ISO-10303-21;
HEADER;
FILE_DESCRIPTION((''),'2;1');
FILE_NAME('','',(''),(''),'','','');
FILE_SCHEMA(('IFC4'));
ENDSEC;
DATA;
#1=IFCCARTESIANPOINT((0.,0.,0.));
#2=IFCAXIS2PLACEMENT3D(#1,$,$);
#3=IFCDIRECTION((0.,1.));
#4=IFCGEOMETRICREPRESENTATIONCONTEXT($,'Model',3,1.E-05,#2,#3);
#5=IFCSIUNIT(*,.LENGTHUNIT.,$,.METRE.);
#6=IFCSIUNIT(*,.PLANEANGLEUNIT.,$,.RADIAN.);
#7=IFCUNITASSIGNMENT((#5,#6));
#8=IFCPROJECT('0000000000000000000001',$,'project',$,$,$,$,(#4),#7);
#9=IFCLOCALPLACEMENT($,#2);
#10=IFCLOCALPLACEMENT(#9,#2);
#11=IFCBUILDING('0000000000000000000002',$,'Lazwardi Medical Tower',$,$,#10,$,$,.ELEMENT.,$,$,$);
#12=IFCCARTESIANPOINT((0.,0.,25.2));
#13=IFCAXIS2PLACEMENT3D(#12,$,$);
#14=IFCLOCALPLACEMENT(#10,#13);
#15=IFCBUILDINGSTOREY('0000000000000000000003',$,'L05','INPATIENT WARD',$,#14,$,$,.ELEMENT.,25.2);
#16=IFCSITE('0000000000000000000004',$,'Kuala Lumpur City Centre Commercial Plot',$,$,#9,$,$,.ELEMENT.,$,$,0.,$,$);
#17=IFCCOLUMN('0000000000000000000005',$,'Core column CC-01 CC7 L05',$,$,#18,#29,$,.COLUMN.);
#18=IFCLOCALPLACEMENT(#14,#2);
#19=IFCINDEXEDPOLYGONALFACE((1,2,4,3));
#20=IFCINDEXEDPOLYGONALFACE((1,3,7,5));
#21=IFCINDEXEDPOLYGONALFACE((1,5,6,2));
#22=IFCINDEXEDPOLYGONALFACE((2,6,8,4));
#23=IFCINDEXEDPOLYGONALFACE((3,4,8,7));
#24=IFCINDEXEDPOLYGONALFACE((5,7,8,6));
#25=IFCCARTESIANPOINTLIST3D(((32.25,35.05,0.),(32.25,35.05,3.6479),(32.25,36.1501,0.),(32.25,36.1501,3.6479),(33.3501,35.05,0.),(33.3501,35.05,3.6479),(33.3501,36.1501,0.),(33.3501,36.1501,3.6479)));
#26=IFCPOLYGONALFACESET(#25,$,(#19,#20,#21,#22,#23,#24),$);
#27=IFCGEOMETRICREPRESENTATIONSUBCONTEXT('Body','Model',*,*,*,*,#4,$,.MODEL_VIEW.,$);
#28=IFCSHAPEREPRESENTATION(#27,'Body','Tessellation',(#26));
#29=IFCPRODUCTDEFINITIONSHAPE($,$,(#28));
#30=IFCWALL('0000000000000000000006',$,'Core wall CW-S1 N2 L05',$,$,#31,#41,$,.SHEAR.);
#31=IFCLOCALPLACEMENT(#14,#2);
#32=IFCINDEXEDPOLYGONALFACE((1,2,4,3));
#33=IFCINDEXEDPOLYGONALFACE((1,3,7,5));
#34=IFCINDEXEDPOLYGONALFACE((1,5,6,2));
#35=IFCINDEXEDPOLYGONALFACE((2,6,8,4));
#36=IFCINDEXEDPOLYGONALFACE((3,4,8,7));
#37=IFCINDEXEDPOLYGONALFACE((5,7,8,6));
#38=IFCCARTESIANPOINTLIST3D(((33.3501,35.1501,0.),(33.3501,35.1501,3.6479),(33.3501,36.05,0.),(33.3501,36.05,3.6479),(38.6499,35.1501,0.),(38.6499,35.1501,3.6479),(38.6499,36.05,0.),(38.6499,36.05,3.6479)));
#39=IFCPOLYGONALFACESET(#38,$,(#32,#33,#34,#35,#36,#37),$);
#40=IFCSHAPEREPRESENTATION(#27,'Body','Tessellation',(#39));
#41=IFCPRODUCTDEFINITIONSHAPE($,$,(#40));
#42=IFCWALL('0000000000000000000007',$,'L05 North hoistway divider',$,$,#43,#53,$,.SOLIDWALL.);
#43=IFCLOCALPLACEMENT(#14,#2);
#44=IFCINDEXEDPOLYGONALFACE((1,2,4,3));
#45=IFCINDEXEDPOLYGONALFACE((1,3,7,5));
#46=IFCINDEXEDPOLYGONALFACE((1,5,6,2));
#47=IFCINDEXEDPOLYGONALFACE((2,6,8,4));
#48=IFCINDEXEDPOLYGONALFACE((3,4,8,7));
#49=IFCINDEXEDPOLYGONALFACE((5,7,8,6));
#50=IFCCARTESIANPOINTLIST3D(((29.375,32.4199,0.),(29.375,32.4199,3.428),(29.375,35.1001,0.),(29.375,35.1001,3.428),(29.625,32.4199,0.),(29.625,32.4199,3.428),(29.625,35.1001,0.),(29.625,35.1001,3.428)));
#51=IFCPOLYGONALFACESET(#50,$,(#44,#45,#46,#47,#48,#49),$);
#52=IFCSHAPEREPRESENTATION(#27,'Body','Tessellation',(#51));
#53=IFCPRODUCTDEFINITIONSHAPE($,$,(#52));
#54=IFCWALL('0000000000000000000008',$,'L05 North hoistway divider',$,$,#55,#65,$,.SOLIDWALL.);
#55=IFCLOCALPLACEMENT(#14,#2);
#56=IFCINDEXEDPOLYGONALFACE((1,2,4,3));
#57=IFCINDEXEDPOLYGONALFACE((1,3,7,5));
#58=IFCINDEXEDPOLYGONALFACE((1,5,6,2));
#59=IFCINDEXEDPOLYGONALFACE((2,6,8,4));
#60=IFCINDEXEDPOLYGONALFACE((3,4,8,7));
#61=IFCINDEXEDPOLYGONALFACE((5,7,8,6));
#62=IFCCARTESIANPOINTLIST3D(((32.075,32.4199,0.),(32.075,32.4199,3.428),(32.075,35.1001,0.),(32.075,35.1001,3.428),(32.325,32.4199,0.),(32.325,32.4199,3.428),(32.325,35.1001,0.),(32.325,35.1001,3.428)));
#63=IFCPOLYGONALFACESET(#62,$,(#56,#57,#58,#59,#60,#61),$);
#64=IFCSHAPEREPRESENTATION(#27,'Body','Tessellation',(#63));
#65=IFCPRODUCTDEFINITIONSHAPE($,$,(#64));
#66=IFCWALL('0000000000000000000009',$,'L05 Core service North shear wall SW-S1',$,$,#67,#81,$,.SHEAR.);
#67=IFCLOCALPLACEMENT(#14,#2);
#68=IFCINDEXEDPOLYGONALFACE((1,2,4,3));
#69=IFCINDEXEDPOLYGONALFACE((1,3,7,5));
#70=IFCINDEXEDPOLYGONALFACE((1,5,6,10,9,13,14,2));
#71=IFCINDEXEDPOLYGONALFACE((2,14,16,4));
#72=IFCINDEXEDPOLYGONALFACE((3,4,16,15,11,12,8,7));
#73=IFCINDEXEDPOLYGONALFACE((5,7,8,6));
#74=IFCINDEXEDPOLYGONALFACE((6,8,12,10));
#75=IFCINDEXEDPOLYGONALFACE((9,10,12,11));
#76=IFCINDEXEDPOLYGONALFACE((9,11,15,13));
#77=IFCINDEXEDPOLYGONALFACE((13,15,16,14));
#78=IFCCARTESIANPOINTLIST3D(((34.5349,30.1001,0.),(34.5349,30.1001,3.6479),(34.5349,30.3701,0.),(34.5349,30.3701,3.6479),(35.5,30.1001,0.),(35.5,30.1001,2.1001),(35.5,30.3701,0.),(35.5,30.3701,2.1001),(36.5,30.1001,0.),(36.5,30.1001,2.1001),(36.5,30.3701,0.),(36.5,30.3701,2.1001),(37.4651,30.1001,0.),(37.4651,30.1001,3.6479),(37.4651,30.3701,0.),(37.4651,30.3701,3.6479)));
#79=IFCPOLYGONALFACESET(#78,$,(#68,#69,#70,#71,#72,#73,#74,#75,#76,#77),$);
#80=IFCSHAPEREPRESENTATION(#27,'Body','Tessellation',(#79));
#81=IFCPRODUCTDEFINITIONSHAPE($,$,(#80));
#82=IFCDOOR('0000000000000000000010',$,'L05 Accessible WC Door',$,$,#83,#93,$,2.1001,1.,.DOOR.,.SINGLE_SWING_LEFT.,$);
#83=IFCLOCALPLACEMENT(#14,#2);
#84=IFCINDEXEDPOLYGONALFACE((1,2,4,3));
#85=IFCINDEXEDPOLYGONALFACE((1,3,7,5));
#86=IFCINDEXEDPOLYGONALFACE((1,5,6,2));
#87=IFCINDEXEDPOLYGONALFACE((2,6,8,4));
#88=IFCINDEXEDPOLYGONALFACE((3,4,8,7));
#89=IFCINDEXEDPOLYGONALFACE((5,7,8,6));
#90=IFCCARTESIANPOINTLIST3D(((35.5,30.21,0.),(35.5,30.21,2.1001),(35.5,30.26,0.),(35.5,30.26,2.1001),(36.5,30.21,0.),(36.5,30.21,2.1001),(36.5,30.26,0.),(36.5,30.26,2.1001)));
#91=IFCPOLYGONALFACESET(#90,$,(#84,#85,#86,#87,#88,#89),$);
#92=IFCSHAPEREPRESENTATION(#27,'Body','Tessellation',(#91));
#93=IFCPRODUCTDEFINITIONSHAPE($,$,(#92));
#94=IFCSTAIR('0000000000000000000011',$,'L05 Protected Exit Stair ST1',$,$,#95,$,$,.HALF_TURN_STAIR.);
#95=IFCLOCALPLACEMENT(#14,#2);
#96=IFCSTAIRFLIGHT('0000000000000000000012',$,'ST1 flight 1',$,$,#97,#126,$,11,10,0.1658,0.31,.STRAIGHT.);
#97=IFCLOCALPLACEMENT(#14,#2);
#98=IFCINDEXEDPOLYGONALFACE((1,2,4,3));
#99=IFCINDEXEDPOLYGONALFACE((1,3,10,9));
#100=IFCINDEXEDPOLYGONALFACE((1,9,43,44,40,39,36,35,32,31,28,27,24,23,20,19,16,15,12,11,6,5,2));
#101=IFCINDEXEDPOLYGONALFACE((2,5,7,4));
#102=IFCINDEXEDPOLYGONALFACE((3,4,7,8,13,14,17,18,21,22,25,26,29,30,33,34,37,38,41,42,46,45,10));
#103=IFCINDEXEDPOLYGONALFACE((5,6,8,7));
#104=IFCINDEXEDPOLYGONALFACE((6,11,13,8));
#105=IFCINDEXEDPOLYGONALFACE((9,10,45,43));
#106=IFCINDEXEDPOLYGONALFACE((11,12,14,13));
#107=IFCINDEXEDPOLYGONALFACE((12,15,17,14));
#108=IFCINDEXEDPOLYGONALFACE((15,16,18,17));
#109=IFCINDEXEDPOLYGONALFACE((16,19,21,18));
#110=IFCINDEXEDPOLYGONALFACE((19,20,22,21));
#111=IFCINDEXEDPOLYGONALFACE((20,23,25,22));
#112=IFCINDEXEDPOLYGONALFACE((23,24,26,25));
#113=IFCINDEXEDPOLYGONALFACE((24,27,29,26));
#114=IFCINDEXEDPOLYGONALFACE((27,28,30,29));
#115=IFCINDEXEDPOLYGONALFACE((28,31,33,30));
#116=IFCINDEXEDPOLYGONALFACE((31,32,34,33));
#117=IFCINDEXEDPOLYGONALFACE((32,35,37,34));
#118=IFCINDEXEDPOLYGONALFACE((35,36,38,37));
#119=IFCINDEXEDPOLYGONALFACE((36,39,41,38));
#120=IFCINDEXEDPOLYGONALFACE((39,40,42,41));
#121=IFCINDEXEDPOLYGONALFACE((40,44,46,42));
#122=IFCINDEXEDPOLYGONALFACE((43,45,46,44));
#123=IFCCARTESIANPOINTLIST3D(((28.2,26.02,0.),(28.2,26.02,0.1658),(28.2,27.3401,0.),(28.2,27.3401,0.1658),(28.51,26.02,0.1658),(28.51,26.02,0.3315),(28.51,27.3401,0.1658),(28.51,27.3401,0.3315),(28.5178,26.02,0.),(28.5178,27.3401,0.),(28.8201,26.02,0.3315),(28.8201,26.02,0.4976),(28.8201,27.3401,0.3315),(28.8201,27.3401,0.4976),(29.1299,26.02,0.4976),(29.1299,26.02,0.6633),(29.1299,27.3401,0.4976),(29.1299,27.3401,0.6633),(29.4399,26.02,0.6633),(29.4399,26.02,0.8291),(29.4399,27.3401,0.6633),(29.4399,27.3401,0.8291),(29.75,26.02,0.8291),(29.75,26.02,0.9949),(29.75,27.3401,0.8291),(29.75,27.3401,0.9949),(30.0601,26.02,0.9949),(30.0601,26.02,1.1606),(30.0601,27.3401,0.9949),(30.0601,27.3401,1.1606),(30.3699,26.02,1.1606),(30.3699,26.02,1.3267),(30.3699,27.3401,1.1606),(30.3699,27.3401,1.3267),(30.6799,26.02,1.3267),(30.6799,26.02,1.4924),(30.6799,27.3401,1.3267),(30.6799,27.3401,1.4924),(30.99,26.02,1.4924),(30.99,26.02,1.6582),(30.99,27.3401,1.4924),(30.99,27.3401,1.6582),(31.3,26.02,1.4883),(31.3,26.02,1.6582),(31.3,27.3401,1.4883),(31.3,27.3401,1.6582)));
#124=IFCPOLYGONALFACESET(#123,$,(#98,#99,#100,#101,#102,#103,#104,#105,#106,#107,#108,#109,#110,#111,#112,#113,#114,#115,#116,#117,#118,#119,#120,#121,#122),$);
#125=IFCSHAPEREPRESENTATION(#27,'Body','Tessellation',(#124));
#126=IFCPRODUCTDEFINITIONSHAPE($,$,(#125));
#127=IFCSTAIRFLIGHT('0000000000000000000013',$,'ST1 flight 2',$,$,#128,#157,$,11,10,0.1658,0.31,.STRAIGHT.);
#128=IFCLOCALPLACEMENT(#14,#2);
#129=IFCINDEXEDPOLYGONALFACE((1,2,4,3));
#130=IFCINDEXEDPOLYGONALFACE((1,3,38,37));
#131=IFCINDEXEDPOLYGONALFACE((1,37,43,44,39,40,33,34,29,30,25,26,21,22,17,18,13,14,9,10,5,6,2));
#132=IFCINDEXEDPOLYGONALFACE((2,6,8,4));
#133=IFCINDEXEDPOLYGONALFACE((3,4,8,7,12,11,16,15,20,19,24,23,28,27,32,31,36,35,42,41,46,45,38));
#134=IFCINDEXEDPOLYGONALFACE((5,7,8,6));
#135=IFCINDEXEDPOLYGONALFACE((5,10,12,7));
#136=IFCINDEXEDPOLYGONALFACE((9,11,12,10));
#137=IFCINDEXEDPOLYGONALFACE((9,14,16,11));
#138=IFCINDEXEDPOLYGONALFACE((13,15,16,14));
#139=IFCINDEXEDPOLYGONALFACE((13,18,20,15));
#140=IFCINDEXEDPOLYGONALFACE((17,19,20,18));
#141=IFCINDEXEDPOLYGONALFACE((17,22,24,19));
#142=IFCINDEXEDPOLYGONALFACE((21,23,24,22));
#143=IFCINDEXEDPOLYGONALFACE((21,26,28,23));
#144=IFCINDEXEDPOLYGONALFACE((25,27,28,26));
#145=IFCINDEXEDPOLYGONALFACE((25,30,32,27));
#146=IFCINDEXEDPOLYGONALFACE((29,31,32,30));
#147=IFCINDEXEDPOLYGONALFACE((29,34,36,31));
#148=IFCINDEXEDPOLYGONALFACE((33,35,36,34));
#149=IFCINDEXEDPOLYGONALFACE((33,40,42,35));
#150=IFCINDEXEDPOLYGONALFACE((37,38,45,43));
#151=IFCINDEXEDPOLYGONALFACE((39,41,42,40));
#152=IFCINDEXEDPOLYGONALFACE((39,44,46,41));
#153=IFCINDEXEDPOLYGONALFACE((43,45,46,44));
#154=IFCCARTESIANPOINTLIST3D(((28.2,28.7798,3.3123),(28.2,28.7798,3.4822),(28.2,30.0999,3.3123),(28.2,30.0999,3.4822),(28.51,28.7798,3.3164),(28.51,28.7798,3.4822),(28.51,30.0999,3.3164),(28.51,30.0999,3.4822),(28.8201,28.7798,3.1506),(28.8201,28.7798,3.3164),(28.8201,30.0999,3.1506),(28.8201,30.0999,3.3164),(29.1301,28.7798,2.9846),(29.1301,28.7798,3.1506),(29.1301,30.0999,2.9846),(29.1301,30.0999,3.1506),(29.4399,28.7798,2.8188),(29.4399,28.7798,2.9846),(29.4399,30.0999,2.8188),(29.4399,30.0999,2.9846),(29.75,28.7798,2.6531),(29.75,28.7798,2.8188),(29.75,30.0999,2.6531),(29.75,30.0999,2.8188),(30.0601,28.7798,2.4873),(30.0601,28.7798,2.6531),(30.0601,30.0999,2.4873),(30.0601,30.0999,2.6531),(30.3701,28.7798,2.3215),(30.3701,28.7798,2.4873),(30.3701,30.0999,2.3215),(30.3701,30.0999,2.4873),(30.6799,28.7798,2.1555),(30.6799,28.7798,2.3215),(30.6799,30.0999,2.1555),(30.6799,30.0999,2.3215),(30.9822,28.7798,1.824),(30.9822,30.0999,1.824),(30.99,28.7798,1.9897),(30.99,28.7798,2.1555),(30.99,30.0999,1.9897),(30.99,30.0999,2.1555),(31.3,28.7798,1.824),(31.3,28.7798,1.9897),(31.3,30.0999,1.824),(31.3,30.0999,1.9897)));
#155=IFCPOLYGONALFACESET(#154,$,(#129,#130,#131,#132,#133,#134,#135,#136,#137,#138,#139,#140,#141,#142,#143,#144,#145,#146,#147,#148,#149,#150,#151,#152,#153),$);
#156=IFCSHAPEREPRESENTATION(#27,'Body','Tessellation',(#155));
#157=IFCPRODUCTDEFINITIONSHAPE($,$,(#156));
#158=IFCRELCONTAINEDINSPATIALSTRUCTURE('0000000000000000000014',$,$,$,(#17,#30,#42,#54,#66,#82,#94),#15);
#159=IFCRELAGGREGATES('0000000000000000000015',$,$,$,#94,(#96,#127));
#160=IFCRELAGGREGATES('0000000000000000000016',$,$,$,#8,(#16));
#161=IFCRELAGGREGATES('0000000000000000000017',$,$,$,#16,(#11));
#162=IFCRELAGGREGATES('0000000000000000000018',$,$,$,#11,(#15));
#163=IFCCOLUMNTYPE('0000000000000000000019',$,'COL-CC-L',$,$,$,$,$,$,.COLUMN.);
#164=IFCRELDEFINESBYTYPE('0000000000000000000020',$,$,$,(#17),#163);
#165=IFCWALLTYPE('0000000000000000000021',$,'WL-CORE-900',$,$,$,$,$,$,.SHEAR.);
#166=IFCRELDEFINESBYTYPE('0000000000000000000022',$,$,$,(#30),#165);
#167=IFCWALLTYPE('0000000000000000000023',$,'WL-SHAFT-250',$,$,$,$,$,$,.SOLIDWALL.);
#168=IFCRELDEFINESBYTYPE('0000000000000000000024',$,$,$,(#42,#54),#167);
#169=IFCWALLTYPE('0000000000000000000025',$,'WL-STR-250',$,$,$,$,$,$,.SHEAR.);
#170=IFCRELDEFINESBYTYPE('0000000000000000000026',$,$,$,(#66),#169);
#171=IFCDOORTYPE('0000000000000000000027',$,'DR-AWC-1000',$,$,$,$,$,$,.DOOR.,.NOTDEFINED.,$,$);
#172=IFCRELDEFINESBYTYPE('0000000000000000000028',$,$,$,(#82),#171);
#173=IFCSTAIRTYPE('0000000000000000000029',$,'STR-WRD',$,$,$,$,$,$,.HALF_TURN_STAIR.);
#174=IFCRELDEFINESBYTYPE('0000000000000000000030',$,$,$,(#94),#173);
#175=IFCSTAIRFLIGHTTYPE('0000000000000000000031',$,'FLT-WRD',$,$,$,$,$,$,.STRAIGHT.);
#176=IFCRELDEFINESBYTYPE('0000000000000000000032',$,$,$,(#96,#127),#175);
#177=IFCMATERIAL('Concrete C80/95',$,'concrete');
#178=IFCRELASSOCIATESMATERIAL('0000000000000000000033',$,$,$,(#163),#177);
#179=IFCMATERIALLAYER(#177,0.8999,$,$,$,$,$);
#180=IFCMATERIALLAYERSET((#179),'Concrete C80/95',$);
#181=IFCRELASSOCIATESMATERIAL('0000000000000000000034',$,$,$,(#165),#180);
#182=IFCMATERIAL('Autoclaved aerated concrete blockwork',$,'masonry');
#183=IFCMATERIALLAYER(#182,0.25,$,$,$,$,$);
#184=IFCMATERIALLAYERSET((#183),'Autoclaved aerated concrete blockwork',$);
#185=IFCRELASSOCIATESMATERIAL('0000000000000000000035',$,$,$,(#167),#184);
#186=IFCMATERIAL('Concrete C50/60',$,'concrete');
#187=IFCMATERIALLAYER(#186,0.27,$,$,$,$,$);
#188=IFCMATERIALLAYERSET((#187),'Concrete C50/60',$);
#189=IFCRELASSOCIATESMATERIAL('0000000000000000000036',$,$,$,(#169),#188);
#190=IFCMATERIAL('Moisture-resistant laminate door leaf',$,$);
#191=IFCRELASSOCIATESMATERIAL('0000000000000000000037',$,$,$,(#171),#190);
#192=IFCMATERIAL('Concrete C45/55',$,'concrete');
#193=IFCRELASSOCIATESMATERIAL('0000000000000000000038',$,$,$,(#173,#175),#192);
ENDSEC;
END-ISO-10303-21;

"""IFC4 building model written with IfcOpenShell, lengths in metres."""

from ifc_helpers import new_model, si_unit, direction, frame, frame_2d, origin, origin_2d, place, context, subcontext, project, spatial, polyline, rectangle, outline, extrude, material, layer, layer_set, material_profile, profile_set, type_object, element, fill, aggregate, save


model = new_model("IFC4")

# Units and contexts
model_context = context("Model", 3, precision=1e-05, world=origin(), true_north=direction((0.0, 1.0)))
body_context = subcontext(model_context, "Body", "Model", "MODEL_VIEW")
ifc_project = project(units=[si_unit("LENGTHUNIT", "METRE"), si_unit("PLANEANGLEUNIT", "RADIAN")], contexts=[model_context])

# Site, building, storey
site_placement = place(None, origin())
site = spatial("IfcSite", under=ifc_project, at=site_placement, Name="Kuala Lumpur City Centre Commercial Plot", CompositionType="ELEMENT", RefElevation=0.0)
building_placement = place(site_placement, origin())
building = spatial("IfcBuilding", under=site, at=building_placement, Name="Lazwardi Medical Tower", CompositionType="ELEMENT")
storey_placement = place(building_placement, frame((0.0, 0.0, 25.2)))
storey = spatial("IfcBuildingStorey", under=building, at=storey_placement, Name="L05", Description="INPATIENT WARD", CompositionType="ELEMENT", Elevation=25.2)

# Column
ifc_material_1 = material(Name="Concrete C80/95", Category="concrete")
ifc_material_profile = material_profile(ifc_material_1, rectangle(XDim=1.1001, YDim=1.1001, at=origin_2d()), Name="RC 1100x1100")
ifc_profile_set = profile_set([ifc_material_profile], Name="Concrete C80/95")
column_type = type_object("IfcColumnType", Name="COL-CC-L", PredefinedType="COLUMN", material=ifc_profile_set)
column_placement = place(storey_placement, frame((32.8, 35.6001, 0.0), z_axis=(0.0, 0.0, 1.0), x_axis=(1.0, 0.0, 0.0)))
element("IfcColumn", 1, at=column_placement, inside=storey, type_object=column_type, Name="Core column CC-01 CC7 L05", PredefinedType="COLUMN", context=body_context, shape_type="SweptSolid", body=[
    extrude(rectangle(XDim=1.1001, YDim=1.1001, at=origin_2d()), origin(), (0.0, 0.0, 1.0), 3.6479),
])

# Walls
ifc_layer_1 = layer(ifc_material_1, 0.8999)
ifc_layer_set_1 = layer_set([ifc_layer_1], Name="Concrete C80/95")
wall_type_1 = type_object("IfcWallType", Name="WL-CORE-900", PredefinedType="SHEAR", material=ifc_layer_set_1)
wall_1_placement = place(storey_placement, frame((33.3501, 35.6001, 0.0), z_axis=(0.0, 0.0, 1.0), x_axis=(1.0, 0.0, 0.0)))
element("IfcWall", 2, at=wall_1_placement, inside=storey, type_object=wall_type_1, Name="Core wall CW-S1 N2 L05", PredefinedType="SHEAR", context=body_context, shape_type="SweptSolid", body=[
    extrude(rectangle(XDim=5.2998, YDim=0.8999, at=frame_2d((2.6499, 0.0))), origin(), (0.0, 0.0, 1.0), 3.6479),
])
ifc_material_2 = material(Name="Autoclaved aerated concrete blockwork", Category="masonry")
ifc_layer_2 = layer(ifc_material_2, 0.25)
ifc_layer_set_2 = layer_set([ifc_layer_2], Name="Autoclaved aerated concrete blockwork")
wall_type_2 = type_object("IfcWallType", Name="WL-SHAFT-250", PredefinedType="SOLIDWALL", material=ifc_layer_set_2)
for number, where, z_axis, x_axis, name in (
    (3, (29.5, 32.4199, 0.0), (0.0, 0.0, 1.0), (0.0, 1.0, 0.0), "L05 North hoistway divider"),
    (4, (32.2, 32.4199, 0.0), (0.0, 0.0, 1.0), (0.0, 1.0, 0.0), "L05 North hoistway divider"),
):
    element("IfcWall", number, at=place(storey_placement, frame(where, z_axis=z_axis, x_axis=x_axis)), inside=storey, type_object=wall_type_2, Name=name, PredefinedType="SOLIDWALL", context=body_context, shape_type="SweptSolid", body=[
        extrude(rectangle(XDim=2.6802, YDim=0.25, at=frame_2d((1.3401, 0.0))), origin(), (0.0, 0.0, 1.0), 3.428),
    ])

# Wall, opening, door
ifc_material_3 = material(Name="Concrete C50/60", Category="concrete")
ifc_layer_3 = layer(ifc_material_3, 0.27)
ifc_layer_set_3 = layer_set([ifc_layer_3], Name="Concrete C50/60")
wall_type_3 = type_object("IfcWallType", Name="WL-STR-250", PredefinedType="SHEAR", material=ifc_layer_set_3)
wall_2_placement = place(storey_placement, frame((34.5349, 30.2351, 0.0), z_axis=(0.0, 0.0, 1.0), x_axis=(1.0, 0.0, 0.0)))
wall_2 = element("IfcWall", 5, at=wall_2_placement, inside=storey, type_object=wall_type_3, Name="L05 Core service North shear wall SW-S1", PredefinedType="SHEAR", context=body_context, shape_type="SweptSolid", body=[
    extrude(rectangle(XDim=2.9302, YDim=0.27, at=frame_2d((1.4651, 0.0))), origin(), (0.0, 0.0, 1.0), 3.6479),
])
opening_placement = place(wall_2_placement, frame((0.9651, 0.0, 0.0)))
opening = element("IfcOpeningElement", 6, at=opening_placement, cuts=wall_2, PredefinedType="OPENING", context=body_context, shape_type="SweptSolid", body=[
    extrude(rectangle(XDim=1.0, YDim=2.1001, at=frame_2d((0.5, 1.05))), frame((0.0, 0.145, 0.0), z_axis=(0.0, -1.0, 0.0), x_axis=(1.0, 0.0, 0.0)), (0.0, 0.0, 1.0), 0.29),
])
ifc_material_4 = material(Name="Moisture-resistant laminate door leaf")
door_type = type_object("IfcDoorType", Name="DR-AWC-1000", OperationType="NOTDEFINED", PredefinedType="DOOR", material=ifc_material_4)
door_placement = place(opening_placement, origin())
door = element("IfcDoor", 7, at=door_placement, inside=storey, type_object=door_type, Name="L05 Accessible WC Door", OperationType="SINGLE_SWING_LEFT", OverallHeight=2.1001, OverallWidth=1.0, PredefinedType="DOOR", context=body_context, shape_type="SweptSolid", body=[
    extrude(rectangle(XDim=1.0, YDim=2.1001, at=frame_2d((0.5, 1.05))), frame((0.0, 0.0249, 0.0), z_axis=(0.0, -1.0, 0.0), x_axis=(1.0, 0.0, 0.0)), (0.0, 0.0, 1.0), 0.05),
])
fill(opening, door)

# Stair, stair flights
ifc_material_5 = material(Name="Concrete C45/55", Category="concrete")
stair_type = type_object("IfcStairType", Name="STR-WRD", PredefinedType="HALF_TURN_STAIR", material=ifc_material_5)
stair_placement = place(storey_placement, origin())
stair = element("IfcStair", 8, at=stair_placement, inside=storey, type_object=stair_type, Name="L05 Protected Exit Stair ST1", PredefinedType="HALF_TURN_STAIR")
stair_flight_type = type_object("IfcStairFlightType", Name="FLT-WRD", PredefinedType="STRAIGHT", material=ifc_material_5)
stair_flight_1_placement = place(storey_placement, frame((28.2, 26.6799, 0.0), z_axis=(0.0, 0.0, 1.0), x_axis=(1.0, 0.0, 0.0)))
stair_flight_1 = element("IfcStairFlight", 9, at=stair_flight_1_placement, type_object=stair_flight_type, Name="ST1 flight 1", NumberOfRisers=11, NumberOfTreads=10, PredefinedType="STRAIGHT", RiserHeight=0.1658, TreadLength=0.31, context=body_context, shape_type="SweptSolid", body=[
    extrude(outline(polyline([(0.0, 0.0), (0.0, 0.1658), (0.3101, 0.1658), (0.3101, 0.3315), (0.6201, 0.3315), (0.6201, 0.4976), (0.9299, 0.4976), (0.9299, 0.6633), (1.24, 0.6633), (1.24, 0.8291), (1.55, 0.8291), (1.55, 0.9949), (1.8601, 0.9949), (1.8601, 1.1606), (2.1699, 1.1606), (2.1699, 1.3267), (2.48, 1.3267), (2.48, 1.4924), (2.79, 1.4924), (2.79, 1.6582), (3.1001, 1.6582), (3.1001, 1.824), (3.1001, 1.4883), (0.3179, 0.0), (0.0, 0.0)])), frame((0.0, 0.6602, 0.0), z_axis=(0.0, -1.0, 0.0), x_axis=(1.0, 0.0, 0.0)), (0.0, 0.0, 1.0), 1.3201),
])
stair_flight_2_placement = place(storey_placement, frame((31.3, 29.4399, 1.824), z_axis=(0.0, 0.0, 1.0), x_axis=(-1.0, 0.0, 0.0)))
stair_flight_2 = element("IfcStairFlight", 10, at=stair_flight_2_placement, type_object=stair_flight_type, Name="ST1 flight 2", NumberOfRisers=11, NumberOfTreads=10, PredefinedType="STRAIGHT", RiserHeight=0.1658, TreadLength=0.31, context=body_context, shape_type="SweptSolid", body=[
    extrude(outline(polyline([(0.0, 0.0), (0.0, 0.1658), (0.3101, 0.1658), (0.3101, 0.3315), (0.6201, 0.3315), (0.6201, 0.4976), (0.9299, 0.4976), (0.9299, 0.6633), (1.24, 0.6633), (1.24, 0.8291), (1.55, 0.8291), (1.55, 0.9949), (1.8601, 0.9949), (1.8601, 1.1606), (2.1699, 1.1606), (2.1699, 1.3267), (2.48, 1.3267), (2.48, 1.4924), (2.79, 1.4924), (2.79, 1.6582), (3.1001, 1.6582), (3.1001, 1.824), (3.1001, 1.4883), (0.3179, 0.0), (0.0, 0.0)])), frame((0.0, 0.6602, 0.0), z_axis=(0.0, -1.0, 0.0), x_axis=(1.0, 0.0, 0.0)), (0.0, 0.0, 1.0), 1.3201),
])
aggregate(stair, [stair_flight_1, stair_flight_2])

save(model, "model.ifc")
